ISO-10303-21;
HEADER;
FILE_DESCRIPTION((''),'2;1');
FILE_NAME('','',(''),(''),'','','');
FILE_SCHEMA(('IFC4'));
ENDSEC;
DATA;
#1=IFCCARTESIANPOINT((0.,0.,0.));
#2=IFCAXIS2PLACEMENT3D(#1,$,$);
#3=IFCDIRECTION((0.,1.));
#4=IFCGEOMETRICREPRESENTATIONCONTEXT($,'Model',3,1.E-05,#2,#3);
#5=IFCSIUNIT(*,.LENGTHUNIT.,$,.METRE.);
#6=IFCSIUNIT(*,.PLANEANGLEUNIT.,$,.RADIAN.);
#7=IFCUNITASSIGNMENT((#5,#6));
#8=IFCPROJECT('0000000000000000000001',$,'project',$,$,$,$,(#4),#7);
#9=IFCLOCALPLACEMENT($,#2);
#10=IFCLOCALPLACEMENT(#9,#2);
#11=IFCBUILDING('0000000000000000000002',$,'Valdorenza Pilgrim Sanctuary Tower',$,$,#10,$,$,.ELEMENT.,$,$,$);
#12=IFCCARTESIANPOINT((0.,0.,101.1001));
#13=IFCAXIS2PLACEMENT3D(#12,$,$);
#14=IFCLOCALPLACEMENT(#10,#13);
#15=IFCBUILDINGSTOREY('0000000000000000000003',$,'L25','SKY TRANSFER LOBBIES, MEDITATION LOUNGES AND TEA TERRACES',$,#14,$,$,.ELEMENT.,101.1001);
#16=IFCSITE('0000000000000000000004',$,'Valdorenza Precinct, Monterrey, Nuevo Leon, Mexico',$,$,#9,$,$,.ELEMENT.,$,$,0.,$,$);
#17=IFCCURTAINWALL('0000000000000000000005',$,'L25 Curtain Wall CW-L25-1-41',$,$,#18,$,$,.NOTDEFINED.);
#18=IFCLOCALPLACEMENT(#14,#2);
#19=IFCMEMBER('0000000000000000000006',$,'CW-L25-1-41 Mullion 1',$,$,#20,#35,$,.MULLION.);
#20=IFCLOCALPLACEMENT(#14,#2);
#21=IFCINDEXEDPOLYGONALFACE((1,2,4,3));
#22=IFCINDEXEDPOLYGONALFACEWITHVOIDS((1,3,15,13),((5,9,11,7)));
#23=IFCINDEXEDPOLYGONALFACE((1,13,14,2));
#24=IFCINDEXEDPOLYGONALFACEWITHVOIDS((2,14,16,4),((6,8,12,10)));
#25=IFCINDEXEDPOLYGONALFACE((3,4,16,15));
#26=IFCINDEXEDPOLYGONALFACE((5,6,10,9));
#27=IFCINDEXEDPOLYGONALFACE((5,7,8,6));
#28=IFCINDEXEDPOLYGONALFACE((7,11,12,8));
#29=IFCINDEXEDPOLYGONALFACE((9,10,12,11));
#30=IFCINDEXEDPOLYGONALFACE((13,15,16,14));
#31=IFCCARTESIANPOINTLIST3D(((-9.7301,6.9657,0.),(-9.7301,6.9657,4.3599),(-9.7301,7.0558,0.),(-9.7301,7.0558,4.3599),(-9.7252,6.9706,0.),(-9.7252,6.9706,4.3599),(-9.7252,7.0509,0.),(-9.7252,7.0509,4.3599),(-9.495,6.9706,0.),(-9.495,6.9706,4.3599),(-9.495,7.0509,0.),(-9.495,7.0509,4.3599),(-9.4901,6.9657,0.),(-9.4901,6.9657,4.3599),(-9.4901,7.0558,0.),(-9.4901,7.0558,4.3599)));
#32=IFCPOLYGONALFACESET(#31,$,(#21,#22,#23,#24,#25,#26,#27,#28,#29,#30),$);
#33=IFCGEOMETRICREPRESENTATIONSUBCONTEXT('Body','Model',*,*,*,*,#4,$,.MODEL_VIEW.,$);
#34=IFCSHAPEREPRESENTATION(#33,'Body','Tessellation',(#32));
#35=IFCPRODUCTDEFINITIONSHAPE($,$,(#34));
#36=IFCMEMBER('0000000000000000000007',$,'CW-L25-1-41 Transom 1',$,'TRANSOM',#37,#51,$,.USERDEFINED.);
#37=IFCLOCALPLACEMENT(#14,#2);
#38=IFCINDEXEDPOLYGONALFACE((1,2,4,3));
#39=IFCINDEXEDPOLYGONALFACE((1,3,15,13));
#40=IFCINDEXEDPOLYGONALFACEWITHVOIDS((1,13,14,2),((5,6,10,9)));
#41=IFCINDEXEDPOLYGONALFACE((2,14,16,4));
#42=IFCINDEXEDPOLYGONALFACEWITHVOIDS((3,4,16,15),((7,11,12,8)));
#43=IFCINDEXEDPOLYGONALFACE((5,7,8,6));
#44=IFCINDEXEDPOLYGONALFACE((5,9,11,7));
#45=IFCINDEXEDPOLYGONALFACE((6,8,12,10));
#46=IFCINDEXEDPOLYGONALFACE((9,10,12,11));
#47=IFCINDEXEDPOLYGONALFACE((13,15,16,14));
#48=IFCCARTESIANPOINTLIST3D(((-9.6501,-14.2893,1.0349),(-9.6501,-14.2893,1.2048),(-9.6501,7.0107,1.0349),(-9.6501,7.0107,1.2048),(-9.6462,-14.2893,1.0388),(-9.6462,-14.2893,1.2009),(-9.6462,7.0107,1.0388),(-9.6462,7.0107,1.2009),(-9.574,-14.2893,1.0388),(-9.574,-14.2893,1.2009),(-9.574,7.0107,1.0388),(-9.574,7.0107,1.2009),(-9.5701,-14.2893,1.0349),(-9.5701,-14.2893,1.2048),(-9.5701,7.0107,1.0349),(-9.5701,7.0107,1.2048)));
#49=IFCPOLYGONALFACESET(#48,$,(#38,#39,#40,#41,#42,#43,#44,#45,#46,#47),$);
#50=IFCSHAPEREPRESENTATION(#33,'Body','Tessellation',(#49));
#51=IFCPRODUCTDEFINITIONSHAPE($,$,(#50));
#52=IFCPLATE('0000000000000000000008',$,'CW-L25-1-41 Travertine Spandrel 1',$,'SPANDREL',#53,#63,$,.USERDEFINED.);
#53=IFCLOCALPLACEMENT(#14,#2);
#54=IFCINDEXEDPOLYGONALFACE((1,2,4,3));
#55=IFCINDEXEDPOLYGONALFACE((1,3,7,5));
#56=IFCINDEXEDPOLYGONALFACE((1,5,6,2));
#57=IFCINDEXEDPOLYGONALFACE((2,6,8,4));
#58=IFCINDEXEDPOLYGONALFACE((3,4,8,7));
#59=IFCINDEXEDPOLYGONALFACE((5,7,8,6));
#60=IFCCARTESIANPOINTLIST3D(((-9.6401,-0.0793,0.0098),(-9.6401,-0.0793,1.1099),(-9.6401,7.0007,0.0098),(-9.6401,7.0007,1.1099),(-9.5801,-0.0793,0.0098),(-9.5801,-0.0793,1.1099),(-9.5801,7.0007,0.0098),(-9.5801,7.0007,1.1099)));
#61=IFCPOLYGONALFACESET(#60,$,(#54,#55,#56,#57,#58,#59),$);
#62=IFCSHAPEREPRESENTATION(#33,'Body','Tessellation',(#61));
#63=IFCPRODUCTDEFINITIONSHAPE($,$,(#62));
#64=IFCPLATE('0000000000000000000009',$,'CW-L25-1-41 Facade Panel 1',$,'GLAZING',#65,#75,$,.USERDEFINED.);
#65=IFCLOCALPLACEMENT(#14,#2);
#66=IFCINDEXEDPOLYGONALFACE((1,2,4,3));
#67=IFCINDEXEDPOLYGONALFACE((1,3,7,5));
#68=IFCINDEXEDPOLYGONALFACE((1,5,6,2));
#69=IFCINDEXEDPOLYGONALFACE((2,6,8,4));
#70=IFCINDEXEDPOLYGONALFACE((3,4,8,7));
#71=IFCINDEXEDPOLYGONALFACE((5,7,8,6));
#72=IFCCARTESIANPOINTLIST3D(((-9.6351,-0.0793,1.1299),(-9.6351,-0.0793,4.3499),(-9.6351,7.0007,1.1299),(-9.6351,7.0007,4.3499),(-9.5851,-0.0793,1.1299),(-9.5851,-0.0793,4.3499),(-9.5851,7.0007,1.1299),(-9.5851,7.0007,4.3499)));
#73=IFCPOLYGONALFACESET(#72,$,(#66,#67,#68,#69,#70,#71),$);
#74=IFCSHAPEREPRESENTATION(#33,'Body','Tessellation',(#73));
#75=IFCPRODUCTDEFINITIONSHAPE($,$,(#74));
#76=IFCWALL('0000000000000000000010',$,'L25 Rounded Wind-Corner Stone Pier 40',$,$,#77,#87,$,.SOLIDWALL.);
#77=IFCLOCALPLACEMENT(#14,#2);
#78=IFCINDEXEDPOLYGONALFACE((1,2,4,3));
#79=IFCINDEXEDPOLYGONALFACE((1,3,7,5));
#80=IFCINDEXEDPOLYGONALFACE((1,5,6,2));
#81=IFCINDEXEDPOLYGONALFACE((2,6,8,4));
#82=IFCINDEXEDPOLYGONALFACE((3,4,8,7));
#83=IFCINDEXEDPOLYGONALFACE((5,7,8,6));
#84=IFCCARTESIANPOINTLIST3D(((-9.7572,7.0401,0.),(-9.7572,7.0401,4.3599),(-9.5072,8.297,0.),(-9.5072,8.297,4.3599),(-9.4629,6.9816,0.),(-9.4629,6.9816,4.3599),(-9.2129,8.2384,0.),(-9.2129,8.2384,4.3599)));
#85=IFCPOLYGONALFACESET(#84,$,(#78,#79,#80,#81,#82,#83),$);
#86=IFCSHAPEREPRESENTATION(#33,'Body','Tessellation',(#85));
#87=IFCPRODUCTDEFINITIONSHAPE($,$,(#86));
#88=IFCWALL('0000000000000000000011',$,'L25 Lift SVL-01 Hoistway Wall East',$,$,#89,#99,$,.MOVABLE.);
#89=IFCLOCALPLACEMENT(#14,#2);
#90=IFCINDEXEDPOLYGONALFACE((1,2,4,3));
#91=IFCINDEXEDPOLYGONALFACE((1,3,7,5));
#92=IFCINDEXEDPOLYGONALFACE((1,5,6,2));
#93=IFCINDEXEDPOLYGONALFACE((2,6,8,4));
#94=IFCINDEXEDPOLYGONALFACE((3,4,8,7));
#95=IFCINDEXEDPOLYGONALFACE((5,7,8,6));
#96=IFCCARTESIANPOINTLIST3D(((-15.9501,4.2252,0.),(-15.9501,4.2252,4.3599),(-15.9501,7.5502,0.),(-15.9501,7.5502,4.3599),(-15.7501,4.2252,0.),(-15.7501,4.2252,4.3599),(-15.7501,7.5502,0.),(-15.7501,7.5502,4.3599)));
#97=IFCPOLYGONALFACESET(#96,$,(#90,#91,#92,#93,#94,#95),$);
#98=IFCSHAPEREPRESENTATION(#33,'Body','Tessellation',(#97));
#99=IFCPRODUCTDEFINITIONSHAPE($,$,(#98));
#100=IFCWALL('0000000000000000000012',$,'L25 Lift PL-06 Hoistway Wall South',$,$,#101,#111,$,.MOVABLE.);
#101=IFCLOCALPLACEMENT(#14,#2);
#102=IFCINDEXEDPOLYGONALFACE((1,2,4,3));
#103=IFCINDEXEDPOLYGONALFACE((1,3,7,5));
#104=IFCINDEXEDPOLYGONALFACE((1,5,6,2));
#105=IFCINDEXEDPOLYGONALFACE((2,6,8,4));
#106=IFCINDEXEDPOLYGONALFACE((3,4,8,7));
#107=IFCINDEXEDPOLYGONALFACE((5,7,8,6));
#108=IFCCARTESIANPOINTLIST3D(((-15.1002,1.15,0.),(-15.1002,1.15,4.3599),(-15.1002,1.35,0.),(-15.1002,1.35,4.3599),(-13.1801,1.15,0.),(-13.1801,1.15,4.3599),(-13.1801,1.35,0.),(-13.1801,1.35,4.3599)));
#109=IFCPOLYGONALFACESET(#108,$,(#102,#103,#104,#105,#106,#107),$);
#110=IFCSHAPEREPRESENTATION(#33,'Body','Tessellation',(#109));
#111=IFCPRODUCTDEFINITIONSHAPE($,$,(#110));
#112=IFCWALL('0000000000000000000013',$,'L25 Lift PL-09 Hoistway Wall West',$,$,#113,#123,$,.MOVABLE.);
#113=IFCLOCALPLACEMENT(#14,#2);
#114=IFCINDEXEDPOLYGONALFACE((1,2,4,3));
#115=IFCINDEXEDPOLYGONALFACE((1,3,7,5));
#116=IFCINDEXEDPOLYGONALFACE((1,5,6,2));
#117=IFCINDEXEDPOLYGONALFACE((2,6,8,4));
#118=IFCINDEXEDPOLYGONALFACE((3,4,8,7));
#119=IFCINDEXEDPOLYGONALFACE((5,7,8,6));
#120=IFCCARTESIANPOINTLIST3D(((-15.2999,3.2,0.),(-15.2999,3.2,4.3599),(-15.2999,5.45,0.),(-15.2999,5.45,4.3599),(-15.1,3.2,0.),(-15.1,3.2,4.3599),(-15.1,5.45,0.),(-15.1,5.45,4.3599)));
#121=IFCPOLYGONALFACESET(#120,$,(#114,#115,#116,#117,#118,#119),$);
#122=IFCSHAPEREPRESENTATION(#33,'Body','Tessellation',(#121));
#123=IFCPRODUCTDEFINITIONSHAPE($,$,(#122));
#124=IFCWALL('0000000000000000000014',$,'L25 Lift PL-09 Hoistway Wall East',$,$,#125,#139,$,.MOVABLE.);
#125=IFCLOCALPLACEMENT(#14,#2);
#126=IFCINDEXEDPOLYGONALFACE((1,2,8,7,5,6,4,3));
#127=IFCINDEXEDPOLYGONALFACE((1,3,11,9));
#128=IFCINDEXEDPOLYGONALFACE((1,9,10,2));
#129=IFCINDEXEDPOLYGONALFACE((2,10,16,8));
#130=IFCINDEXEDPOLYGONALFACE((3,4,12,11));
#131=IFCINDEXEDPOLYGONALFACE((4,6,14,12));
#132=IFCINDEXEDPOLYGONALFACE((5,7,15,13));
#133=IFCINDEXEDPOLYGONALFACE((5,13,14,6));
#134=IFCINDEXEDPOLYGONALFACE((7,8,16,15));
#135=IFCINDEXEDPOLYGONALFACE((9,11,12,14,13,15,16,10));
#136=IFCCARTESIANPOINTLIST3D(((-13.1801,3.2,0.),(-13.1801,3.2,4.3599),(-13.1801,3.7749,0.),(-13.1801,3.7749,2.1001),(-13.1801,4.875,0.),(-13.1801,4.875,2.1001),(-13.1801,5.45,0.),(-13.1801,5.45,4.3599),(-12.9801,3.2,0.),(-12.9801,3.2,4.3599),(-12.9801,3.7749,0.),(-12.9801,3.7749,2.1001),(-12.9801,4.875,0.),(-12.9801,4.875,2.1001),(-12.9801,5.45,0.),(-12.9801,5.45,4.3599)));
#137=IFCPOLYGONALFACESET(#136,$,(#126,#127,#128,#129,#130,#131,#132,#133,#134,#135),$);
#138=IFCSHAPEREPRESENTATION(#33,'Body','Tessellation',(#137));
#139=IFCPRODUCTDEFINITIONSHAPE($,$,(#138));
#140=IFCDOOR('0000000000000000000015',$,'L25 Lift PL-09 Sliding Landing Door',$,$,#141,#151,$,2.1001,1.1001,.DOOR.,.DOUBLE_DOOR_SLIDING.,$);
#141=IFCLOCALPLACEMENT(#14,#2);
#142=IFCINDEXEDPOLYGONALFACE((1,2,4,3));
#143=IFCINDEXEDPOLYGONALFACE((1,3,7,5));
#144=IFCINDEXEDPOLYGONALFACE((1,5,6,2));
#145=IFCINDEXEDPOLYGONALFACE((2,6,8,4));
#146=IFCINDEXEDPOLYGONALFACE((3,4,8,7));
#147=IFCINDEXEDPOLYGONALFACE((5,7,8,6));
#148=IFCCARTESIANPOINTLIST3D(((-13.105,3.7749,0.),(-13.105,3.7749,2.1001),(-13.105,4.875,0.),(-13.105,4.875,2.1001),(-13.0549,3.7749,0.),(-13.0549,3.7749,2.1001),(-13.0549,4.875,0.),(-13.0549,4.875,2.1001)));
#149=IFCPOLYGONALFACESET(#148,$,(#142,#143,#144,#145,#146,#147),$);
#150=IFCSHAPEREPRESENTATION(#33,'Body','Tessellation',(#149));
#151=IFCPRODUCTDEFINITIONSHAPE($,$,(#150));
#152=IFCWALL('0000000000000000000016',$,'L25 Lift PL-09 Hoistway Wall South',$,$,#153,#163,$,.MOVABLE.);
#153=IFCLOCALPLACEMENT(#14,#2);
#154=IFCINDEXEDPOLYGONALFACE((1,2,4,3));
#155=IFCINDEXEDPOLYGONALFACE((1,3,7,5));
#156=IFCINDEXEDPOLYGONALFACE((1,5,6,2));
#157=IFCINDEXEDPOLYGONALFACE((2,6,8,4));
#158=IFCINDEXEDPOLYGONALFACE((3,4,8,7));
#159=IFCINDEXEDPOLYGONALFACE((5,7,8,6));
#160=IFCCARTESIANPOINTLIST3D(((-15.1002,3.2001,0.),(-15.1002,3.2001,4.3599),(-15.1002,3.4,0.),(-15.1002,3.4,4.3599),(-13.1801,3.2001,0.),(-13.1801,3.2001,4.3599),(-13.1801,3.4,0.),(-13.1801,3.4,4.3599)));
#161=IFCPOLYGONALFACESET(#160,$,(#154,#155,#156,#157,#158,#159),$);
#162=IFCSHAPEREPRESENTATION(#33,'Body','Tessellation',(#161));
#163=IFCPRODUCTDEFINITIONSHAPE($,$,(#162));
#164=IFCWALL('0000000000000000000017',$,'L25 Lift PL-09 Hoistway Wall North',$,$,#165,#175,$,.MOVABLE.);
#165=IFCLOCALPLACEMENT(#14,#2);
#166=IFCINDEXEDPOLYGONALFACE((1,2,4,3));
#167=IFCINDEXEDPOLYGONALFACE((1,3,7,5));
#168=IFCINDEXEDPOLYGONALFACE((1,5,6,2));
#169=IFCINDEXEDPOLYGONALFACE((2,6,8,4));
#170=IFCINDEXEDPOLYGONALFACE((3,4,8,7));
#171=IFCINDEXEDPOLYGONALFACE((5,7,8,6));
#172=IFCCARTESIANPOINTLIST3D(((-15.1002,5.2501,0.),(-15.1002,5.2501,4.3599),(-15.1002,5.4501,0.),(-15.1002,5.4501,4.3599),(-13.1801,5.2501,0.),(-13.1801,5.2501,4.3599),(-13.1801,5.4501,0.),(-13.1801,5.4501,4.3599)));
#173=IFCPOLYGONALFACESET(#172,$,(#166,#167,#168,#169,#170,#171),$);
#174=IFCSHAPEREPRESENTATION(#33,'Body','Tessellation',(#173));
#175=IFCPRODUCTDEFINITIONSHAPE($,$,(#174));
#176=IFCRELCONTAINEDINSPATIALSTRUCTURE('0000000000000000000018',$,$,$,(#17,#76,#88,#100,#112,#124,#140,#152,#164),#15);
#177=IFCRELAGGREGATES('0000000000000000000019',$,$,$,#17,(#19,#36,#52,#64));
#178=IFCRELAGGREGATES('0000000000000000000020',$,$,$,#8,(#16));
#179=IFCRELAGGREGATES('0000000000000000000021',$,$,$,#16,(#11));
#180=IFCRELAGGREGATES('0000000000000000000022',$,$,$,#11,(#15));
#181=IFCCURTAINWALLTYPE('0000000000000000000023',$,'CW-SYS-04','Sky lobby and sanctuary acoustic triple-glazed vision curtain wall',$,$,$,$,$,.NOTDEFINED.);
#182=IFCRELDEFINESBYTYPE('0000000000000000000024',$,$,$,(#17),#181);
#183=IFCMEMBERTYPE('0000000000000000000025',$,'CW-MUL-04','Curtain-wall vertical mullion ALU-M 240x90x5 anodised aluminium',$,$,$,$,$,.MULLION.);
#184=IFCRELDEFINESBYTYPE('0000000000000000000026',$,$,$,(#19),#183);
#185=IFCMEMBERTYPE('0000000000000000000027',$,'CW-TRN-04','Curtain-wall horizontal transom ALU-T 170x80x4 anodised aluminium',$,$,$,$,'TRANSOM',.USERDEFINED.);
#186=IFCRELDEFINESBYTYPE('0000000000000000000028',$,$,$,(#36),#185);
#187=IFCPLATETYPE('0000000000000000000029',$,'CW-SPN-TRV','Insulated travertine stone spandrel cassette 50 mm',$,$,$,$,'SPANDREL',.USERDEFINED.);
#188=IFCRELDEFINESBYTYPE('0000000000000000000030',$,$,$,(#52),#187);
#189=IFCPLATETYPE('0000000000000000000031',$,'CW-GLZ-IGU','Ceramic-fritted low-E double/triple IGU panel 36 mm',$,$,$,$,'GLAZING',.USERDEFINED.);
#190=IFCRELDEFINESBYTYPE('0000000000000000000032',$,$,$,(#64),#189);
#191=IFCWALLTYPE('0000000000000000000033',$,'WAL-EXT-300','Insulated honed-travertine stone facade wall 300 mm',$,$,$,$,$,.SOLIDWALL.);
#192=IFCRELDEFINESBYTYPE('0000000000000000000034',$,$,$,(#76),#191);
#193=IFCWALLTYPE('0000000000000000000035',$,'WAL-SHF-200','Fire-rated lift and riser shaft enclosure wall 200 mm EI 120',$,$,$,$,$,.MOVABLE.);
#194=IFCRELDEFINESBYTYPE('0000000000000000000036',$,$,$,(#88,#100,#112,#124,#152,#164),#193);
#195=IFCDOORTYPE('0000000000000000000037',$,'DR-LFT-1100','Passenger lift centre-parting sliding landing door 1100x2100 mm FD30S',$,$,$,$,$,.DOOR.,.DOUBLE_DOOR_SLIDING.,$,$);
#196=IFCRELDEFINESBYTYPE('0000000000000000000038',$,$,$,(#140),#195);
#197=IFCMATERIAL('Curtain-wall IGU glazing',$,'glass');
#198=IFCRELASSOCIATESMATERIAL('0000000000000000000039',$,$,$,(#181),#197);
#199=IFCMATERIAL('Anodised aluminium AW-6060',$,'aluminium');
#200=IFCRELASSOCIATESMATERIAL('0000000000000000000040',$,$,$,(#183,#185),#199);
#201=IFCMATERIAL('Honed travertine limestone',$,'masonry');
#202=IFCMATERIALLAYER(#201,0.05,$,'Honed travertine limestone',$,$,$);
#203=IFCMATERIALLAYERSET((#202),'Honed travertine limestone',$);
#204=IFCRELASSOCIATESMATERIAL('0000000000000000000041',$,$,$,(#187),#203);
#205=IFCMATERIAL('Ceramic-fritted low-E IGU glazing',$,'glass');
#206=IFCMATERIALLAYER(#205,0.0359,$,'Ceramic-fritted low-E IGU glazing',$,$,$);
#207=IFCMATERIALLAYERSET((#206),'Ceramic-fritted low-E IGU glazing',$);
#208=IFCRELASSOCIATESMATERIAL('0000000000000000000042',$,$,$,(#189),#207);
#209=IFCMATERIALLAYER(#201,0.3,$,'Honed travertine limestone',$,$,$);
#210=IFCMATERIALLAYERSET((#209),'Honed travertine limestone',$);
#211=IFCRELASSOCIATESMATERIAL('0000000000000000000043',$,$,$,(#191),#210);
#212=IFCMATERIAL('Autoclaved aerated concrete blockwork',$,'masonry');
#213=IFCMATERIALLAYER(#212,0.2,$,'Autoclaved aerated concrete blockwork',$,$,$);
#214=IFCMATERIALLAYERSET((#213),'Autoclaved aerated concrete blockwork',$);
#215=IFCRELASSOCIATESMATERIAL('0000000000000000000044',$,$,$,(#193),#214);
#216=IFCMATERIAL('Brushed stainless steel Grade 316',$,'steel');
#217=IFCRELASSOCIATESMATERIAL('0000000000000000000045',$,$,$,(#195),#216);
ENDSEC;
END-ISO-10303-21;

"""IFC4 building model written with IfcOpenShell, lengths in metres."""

from ifc_helpers import new_model, si_unit, direction, frame, frame_2d, origin, origin_2d, place, context, subcontext, project, spatial, rectangle, hollow_rectangle, extrude, source, transform, mapped, material, layer, layer_set, material_profile, profile_set, type_object, element, fill, aggregate, save


model = new_model("IFC4")

# Units and contexts
model_context = context("Model", 3, precision=1e-05, world=origin(), true_north=direction((0.0, 1.0)))
body_context = subcontext(model_context, "Body", "Model", "MODEL_VIEW")
ifc_project = project(units=[si_unit("LENGTHUNIT", "METRE"), si_unit("PLANEANGLEUNIT", "RADIAN")], contexts=[model_context])

# Site, building, storey
site_placement = place(None, origin())
site = spatial("IfcSite", under=ifc_project, at=site_placement, Name="Valdorenza Precinct, Monterrey, Nuevo Leon, Mexico", CompositionType="ELEMENT", RefElevation=0.0)
building_placement = place(site_placement, origin())
building = spatial("IfcBuilding", under=site, at=building_placement, Name="Valdorenza Pilgrim Sanctuary Tower", CompositionType="ELEMENT")
storey_placement = place(building_placement, frame((0.0, 0.0, 101.1001)))
storey = spatial("IfcBuildingStorey", under=building, at=storey_placement, Name="L25", Description="SKY TRANSFER LOBBIES, MEDITATION LOUNGES AND TEA TERRACES", CompositionType="ELEMENT", Elevation=101.1001)

# Curtain wall, members, plates
ifc_material_1 = material(Name="Curtain-wall IGU glazing", Category="glass")
curtain_wall_type = type_object("IfcCurtainWallType", Name="CW-SYS-04", Description="Sky lobby and sanctuary acoustic triple-glazed vision curtain wall", PredefinedType="NOTDEFINED", material=ifc_material_1)
curtain_wall_placement = place(storey_placement, origin())
curtain_wall = element("IfcCurtainWall", 1, at=curtain_wall_placement, inside=storey, type_object=curtain_wall_type, Name="L25 Curtain Wall CW-L25-1-41", PredefinedType="NOTDEFINED")
ifc_material_2 = material(Name="Anodised aluminium AW-6060", Category="aluminium")
ifc_material_profile_1 = material_profile(ifc_material_2, hollow_rectangle(XDim=0.0901, YDim=0.24, WallThickness=0.0049, at=origin_2d()), Name="ALU-M 240x90x5")
ifc_profile_set_1 = profile_set([ifc_material_profile_1], Name="Anodised aluminium AW-6060")
member_type_1 = type_object("IfcMemberType", Name="CW-MUL-04", Description="Curtain-wall vertical mullion ALU-M 240x90x5 anodised aluminium", PredefinedType="MULLION", material=ifc_profile_set_1)
shared_shape_1 = source(origin(), body_context, "Body", "SweptSolid", [
    extrude(hollow_rectangle(XDim=0.0901, YDim=0.24, WallThickness=0.0049, at=origin_2d()), origin(), (0.0, 0.0, 1.0), 4.3599),
])
member_1_placement = place(storey_placement, frame((-9.6101, 7.0107, 0.0), z_axis=(0.0, 0.0, 1.0), x_axis=(0.0, -1.0, 0.0)))
member_1 = element("IfcMember", 2, at=member_1_placement, type_object=member_type_1, Name="CW-L25-1-41 Mullion 1", PredefinedType="MULLION", context=body_context, shape_type="MappedRepresentation", body=[
    mapped(shared_shape_1, transform((0.0, 0.0, 0.0), x_axis=(1.0, 0.0, 0.0), y_axis=(0.0, 1.0, 0.0), z_axis=(0.0, 0.0, 1.0), scale=1.0)),
])
ifc_material_profile_2 = material_profile(ifc_material_2, hollow_rectangle(XDim=0.0801, YDim=0.1699, WallThickness=0.0039, at=origin_2d()), Name="ALU-T 170x80x4")
ifc_profile_set_2 = profile_set([ifc_material_profile_2], Name="Anodised aluminium AW-6060")
member_type_2 = type_object("IfcMemberType", Name="CW-TRN-04", Description="Curtain-wall horizontal transom ALU-T 170x80x4 anodised aluminium", ElementType="TRANSOM", PredefinedType="USERDEFINED", material=ifc_profile_set_2)
shared_shape_2 = source(origin(), body_context, "Body", "SweptSolid", [
    extrude(hollow_rectangle(XDim=0.0801, YDim=0.1699, WallThickness=0.0039, at=origin_2d()), origin(), (0.0, 0.0, 1.0), 21.3),
])
member_2_placement = place(storey_placement, frame((-9.6101, 7.0107, 1.1199), z_axis=(0.0, -1.0, 0.0), x_axis=(1.0, 0.0, 0.0)))
member_2 = element("IfcMember", 3, at=member_2_placement, type_object=member_type_2, Name="CW-L25-1-41 Transom 1", ObjectType="TRANSOM", PredefinedType="USERDEFINED", context=body_context, shape_type="MappedRepresentation", body=[
    mapped(shared_shape_2, transform((0.0, 0.0, 0.0), x_axis=(1.0, 0.0, 0.0), y_axis=(0.0, 1.0, 0.0), z_axis=(0.0, 0.0, 1.0), scale=1.0)),
])
ifc_material_3 = material(Name="Honed travertine limestone", Category="masonry")
ifc_layer_1 = layer(ifc_material_3, 0.05, Name="Honed travertine limestone")
ifc_layer_set_1 = layer_set([ifc_layer_1], Name="Honed travertine limestone")
plate_type_1 = type_object("IfcPlateType", Name="CW-SPN-TRV", Description="Insulated travertine stone spandrel cassette 50 mm", ElementType="SPANDREL", PredefinedType="USERDEFINED", material=ifc_layer_set_1)
shared_shape_3 = source(origin(), body_context, "Body", "SweptSolid", [
    extrude(rectangle(XDim=7.0801, YDim=0.0601, at=origin_2d()), origin(), (0.0, 0.0, 1.0), 1.1001),
])
plate_1_placement = place(storey_placement, frame((-9.6101, 3.4607, 0.0098), z_axis=(0.0, 0.0, 1.0), x_axis=(0.0, -1.0, 0.0)))
plate_1 = element("IfcPlate", 4, at=plate_1_placement, type_object=plate_type_1, Name="CW-L25-1-41 Travertine Spandrel 1", ObjectType="SPANDREL", PredefinedType="USERDEFINED", context=body_context, shape_type="MappedRepresentation", body=[
    mapped(shared_shape_3, transform((0.0, 0.0, 0.0), x_axis=(1.0, 0.0, 0.0), y_axis=(0.0, 1.0, 0.0), z_axis=(0.0, 0.0, 1.0), scale=1.0)),
])
ifc_material_4 = material(Name="Ceramic-fritted low-E IGU glazing", Category="glass")
ifc_layer_2 = layer(ifc_material_4, 0.0359, Name="Ceramic-fritted low-E IGU glazing")
ifc_layer_set_2 = layer_set([ifc_layer_2], Name="Ceramic-fritted low-E IGU glazing")
plate_type_2 = type_object("IfcPlateType", Name="CW-GLZ-IGU", Description="Ceramic-fritted low-E double/triple IGU panel 36 mm", ElementType="GLAZING", PredefinedType="USERDEFINED", material=ifc_layer_set_2)
shared_shape_4 = source(origin(), body_context, "Body", "SweptSolid", [
    extrude(rectangle(XDim=7.0801, YDim=0.05, at=origin_2d()), origin(), (0.0, 0.0, 1.0), 3.22),
])
plate_2_placement = place(storey_placement, frame((-9.6101, 3.4607, 1.1299), z_axis=(0.0, 0.0, 1.0), x_axis=(0.0, -1.0, 0.0)))
plate_2 = element("IfcPlate", 5, at=plate_2_placement, type_object=plate_type_2, Name="CW-L25-1-41 Facade Panel 1", ObjectType="GLAZING", PredefinedType="USERDEFINED", context=body_context, shape_type="MappedRepresentation", body=[
    mapped(shared_shape_4, transform((0.0, 0.0, 0.0), x_axis=(1.0, 0.0, 0.0), y_axis=(0.0, 1.0, 0.0), z_axis=(0.0, 0.0, 1.0), scale=1.0)),
])
aggregate(curtain_wall, [member_1, member_2, plate_1, plate_2])

# Walls
ifc_layer_3 = layer(ifc_material_3, 0.3, Name="Honed travertine limestone")
ifc_layer_set_3 = layer_set([ifc_layer_3], Name="Honed travertine limestone")
wall_type_1 = type_object("IfcWallType", Name="WAL-EXT-300", Description="Insulated honed-travertine stone facade wall 300 mm", PredefinedType="SOLIDWALL", material=ifc_layer_set_3)
wall_1_placement = place(storey_placement, frame((-9.3601, 8.2676, 0.0), z_axis=(0.0, 0.0, 1.0), x_axis=(-0.19509, -0.980785, 0.0)))
element("IfcWall", 6, at=wall_1_placement, inside=storey, type_object=wall_type_1, Name="L25 Rounded Wind-Corner Stone Pier 40", PredefinedType="SOLIDWALL", context=body_context, shape_type="SweptSolid", body=[
    extrude(rectangle(XDim=1.2815, YDim=0.3, at=frame_2d((0.6406, 0.0))), origin(), (0.0, 0.0, 1.0), 4.3599),
])
ifc_material_5 = material(Name="Autoclaved aerated concrete blockwork", Category="masonry")
ifc_layer_4 = layer(ifc_material_5, 0.2, Name="Autoclaved aerated concrete blockwork")
ifc_layer_set_4 = layer_set([ifc_layer_4], Name="Autoclaved aerated concrete blockwork")
wall_type_2 = type_object("IfcWallType", Name="WAL-SHF-200", Description="Fire-rated lift and riser shaft enclosure wall 200 mm EI 120", PredefinedType="MOVABLE", material=ifc_layer_set_4)
wall_2_placement = place(storey_placement, frame((-15.8501, 4.2251, 0.0), z_axis=(0.0, 0.0, 1.0), x_axis=(0.0, 1.0, 0.0)))
element("IfcWall", 7, at=wall_2_placement, inside=storey, type_object=wall_type_2, Name="L25 Lift SVL-01 Hoistway Wall East", PredefinedType="MOVABLE", context=body_context, shape_type="SweptSolid", body=[
    extrude(rectangle(XDim=3.325, YDim=0.2, at=frame_2d((1.6626, 0.0))), origin(), (0.0, 0.0, 1.0), 4.3599),
])
wall_3_placement = place(storey_placement, frame((-15.1001, 1.25, 0.0), z_axis=(0.0, 0.0, 1.0), x_axis=(1.0, 0.0, 0.0)))
element("IfcWall", 8, at=wall_3_placement, inside=storey, type_object=wall_type_2, Name="L25 Lift PL-06 Hoistway Wall South", PredefinedType="MOVABLE", context=body_context, shape_type="SweptSolid", body=[
    extrude(rectangle(XDim=1.9202, YDim=0.2, at=frame_2d((0.96, 0.0))), origin(), (0.0, 0.0, 1.0), 4.3599),
])
wall_4_placement = place(storey_placement, frame((-15.2, 3.2, 0.0), z_axis=(0.0, 0.0, 1.0), x_axis=(0.0, 1.0, 0.0)))
element("IfcWall", 9, at=wall_4_placement, inside=storey, type_object=wall_type_2, Name="L25 Lift PL-09 Hoistway Wall West", PredefinedType="MOVABLE", context=body_context, shape_type="SweptSolid", body=[
    extrude(rectangle(XDim=2.25, YDim=0.2, at=frame_2d((1.125, 0.0))), origin(), (0.0, 0.0, 1.0), 4.3599),
])

# Wall, opening, door
wall_5_placement = place(storey_placement, frame((-13.0801, 3.2, 0.0), z_axis=(0.0, 0.0, 1.0), x_axis=(0.0, 1.0, 0.0)))
wall_5 = element("IfcWall", 10, at=wall_5_placement, inside=storey, type_object=wall_type_2, Name="L25 Lift PL-09 Hoistway Wall East", PredefinedType="MOVABLE", context=body_context, shape_type="SweptSolid", body=[
    extrude(rectangle(XDim=2.25, YDim=0.2, at=frame_2d((1.125, 0.0))), origin(), (0.0, 0.0, 1.0), 4.3599),
])
opening_1_placement = place(wall_5_placement, frame((0.575, 0.0, 0.0)))
opening_1 = element("IfcOpeningElement", 11, at=opening_1_placement, cuts=wall_5, PredefinedType="OPENING", context=body_context, shape_type="SweptSolid", body=[
    extrude(rectangle(XDim=1.1001, YDim=2.1001, at=frame_2d((0.55, 1.05))), frame((0.0, 0.1147, 0.0), z_axis=(0.0, -1.0, 0.0), x_axis=(1.0, 0.0, 0.0)), (0.0, 0.0, 1.0), 0.2297),
])
ifc_material_6 = material(Name="Brushed stainless steel Grade 316", Category="steel")
door_type = type_object("IfcDoorType", Name="DR-LFT-1100", Description="Passenger lift centre-parting sliding landing door 1100x2100 mm FD30S", OperationType="DOUBLE_DOOR_SLIDING", PredefinedType="DOOR", material=ifc_material_6)
door_1_placement = place(opening_1_placement, origin())
door_1 = element("IfcDoor", 12, at=door_1_placement, inside=storey, type_object=door_type, Name="L25 Lift PL-09 Sliding Landing Door", OperationType="DOUBLE_DOOR_SLIDING", OverallHeight=2.1001, OverallWidth=1.1001, PredefinedType="DOOR", context=body_context, shape_type="SweptSolid", body=[
    extrude(rectangle(XDim=1.1001, YDim=2.1001, at=frame_2d((0.55, 1.05))), frame((0.0, 0.0249, 0.0), z_axis=(0.0, -1.0, 0.0), x_axis=(1.0, 0.0, 0.0)), (0.0, 0.0, 1.0), 0.05),
])
fill(opening_1, door_1)

# Walls
for number, where, z_axis, x_axis, name in (
    (13, (-15.1001, 3.3, 0.0), (0.0, 0.0, 1.0), (1.0, 0.0, 0.0), "L25 Lift PL-09 Hoistway Wall South"),
    (14, (-15.1001, 5.3501, 0.0), (0.0, 0.0, 1.0), (1.0, 0.0, 0.0), "L25 Lift PL-09 Hoistway Wall North"),
):
    element("IfcWall", number, at=place(storey_placement, frame(where, z_axis=z_axis, x_axis=x_axis)), inside=storey, type_object=wall_type_2, Name=name, PredefinedType="MOVABLE", context=body_context, shape_type="SweptSolid", body=[
        extrude(rectangle(XDim=1.9202, YDim=0.2, at=frame_2d((0.96, 0.0))), origin(), (0.0, 0.0, 1.0), 4.3599),
    ])

save(model, "model.ifc")
